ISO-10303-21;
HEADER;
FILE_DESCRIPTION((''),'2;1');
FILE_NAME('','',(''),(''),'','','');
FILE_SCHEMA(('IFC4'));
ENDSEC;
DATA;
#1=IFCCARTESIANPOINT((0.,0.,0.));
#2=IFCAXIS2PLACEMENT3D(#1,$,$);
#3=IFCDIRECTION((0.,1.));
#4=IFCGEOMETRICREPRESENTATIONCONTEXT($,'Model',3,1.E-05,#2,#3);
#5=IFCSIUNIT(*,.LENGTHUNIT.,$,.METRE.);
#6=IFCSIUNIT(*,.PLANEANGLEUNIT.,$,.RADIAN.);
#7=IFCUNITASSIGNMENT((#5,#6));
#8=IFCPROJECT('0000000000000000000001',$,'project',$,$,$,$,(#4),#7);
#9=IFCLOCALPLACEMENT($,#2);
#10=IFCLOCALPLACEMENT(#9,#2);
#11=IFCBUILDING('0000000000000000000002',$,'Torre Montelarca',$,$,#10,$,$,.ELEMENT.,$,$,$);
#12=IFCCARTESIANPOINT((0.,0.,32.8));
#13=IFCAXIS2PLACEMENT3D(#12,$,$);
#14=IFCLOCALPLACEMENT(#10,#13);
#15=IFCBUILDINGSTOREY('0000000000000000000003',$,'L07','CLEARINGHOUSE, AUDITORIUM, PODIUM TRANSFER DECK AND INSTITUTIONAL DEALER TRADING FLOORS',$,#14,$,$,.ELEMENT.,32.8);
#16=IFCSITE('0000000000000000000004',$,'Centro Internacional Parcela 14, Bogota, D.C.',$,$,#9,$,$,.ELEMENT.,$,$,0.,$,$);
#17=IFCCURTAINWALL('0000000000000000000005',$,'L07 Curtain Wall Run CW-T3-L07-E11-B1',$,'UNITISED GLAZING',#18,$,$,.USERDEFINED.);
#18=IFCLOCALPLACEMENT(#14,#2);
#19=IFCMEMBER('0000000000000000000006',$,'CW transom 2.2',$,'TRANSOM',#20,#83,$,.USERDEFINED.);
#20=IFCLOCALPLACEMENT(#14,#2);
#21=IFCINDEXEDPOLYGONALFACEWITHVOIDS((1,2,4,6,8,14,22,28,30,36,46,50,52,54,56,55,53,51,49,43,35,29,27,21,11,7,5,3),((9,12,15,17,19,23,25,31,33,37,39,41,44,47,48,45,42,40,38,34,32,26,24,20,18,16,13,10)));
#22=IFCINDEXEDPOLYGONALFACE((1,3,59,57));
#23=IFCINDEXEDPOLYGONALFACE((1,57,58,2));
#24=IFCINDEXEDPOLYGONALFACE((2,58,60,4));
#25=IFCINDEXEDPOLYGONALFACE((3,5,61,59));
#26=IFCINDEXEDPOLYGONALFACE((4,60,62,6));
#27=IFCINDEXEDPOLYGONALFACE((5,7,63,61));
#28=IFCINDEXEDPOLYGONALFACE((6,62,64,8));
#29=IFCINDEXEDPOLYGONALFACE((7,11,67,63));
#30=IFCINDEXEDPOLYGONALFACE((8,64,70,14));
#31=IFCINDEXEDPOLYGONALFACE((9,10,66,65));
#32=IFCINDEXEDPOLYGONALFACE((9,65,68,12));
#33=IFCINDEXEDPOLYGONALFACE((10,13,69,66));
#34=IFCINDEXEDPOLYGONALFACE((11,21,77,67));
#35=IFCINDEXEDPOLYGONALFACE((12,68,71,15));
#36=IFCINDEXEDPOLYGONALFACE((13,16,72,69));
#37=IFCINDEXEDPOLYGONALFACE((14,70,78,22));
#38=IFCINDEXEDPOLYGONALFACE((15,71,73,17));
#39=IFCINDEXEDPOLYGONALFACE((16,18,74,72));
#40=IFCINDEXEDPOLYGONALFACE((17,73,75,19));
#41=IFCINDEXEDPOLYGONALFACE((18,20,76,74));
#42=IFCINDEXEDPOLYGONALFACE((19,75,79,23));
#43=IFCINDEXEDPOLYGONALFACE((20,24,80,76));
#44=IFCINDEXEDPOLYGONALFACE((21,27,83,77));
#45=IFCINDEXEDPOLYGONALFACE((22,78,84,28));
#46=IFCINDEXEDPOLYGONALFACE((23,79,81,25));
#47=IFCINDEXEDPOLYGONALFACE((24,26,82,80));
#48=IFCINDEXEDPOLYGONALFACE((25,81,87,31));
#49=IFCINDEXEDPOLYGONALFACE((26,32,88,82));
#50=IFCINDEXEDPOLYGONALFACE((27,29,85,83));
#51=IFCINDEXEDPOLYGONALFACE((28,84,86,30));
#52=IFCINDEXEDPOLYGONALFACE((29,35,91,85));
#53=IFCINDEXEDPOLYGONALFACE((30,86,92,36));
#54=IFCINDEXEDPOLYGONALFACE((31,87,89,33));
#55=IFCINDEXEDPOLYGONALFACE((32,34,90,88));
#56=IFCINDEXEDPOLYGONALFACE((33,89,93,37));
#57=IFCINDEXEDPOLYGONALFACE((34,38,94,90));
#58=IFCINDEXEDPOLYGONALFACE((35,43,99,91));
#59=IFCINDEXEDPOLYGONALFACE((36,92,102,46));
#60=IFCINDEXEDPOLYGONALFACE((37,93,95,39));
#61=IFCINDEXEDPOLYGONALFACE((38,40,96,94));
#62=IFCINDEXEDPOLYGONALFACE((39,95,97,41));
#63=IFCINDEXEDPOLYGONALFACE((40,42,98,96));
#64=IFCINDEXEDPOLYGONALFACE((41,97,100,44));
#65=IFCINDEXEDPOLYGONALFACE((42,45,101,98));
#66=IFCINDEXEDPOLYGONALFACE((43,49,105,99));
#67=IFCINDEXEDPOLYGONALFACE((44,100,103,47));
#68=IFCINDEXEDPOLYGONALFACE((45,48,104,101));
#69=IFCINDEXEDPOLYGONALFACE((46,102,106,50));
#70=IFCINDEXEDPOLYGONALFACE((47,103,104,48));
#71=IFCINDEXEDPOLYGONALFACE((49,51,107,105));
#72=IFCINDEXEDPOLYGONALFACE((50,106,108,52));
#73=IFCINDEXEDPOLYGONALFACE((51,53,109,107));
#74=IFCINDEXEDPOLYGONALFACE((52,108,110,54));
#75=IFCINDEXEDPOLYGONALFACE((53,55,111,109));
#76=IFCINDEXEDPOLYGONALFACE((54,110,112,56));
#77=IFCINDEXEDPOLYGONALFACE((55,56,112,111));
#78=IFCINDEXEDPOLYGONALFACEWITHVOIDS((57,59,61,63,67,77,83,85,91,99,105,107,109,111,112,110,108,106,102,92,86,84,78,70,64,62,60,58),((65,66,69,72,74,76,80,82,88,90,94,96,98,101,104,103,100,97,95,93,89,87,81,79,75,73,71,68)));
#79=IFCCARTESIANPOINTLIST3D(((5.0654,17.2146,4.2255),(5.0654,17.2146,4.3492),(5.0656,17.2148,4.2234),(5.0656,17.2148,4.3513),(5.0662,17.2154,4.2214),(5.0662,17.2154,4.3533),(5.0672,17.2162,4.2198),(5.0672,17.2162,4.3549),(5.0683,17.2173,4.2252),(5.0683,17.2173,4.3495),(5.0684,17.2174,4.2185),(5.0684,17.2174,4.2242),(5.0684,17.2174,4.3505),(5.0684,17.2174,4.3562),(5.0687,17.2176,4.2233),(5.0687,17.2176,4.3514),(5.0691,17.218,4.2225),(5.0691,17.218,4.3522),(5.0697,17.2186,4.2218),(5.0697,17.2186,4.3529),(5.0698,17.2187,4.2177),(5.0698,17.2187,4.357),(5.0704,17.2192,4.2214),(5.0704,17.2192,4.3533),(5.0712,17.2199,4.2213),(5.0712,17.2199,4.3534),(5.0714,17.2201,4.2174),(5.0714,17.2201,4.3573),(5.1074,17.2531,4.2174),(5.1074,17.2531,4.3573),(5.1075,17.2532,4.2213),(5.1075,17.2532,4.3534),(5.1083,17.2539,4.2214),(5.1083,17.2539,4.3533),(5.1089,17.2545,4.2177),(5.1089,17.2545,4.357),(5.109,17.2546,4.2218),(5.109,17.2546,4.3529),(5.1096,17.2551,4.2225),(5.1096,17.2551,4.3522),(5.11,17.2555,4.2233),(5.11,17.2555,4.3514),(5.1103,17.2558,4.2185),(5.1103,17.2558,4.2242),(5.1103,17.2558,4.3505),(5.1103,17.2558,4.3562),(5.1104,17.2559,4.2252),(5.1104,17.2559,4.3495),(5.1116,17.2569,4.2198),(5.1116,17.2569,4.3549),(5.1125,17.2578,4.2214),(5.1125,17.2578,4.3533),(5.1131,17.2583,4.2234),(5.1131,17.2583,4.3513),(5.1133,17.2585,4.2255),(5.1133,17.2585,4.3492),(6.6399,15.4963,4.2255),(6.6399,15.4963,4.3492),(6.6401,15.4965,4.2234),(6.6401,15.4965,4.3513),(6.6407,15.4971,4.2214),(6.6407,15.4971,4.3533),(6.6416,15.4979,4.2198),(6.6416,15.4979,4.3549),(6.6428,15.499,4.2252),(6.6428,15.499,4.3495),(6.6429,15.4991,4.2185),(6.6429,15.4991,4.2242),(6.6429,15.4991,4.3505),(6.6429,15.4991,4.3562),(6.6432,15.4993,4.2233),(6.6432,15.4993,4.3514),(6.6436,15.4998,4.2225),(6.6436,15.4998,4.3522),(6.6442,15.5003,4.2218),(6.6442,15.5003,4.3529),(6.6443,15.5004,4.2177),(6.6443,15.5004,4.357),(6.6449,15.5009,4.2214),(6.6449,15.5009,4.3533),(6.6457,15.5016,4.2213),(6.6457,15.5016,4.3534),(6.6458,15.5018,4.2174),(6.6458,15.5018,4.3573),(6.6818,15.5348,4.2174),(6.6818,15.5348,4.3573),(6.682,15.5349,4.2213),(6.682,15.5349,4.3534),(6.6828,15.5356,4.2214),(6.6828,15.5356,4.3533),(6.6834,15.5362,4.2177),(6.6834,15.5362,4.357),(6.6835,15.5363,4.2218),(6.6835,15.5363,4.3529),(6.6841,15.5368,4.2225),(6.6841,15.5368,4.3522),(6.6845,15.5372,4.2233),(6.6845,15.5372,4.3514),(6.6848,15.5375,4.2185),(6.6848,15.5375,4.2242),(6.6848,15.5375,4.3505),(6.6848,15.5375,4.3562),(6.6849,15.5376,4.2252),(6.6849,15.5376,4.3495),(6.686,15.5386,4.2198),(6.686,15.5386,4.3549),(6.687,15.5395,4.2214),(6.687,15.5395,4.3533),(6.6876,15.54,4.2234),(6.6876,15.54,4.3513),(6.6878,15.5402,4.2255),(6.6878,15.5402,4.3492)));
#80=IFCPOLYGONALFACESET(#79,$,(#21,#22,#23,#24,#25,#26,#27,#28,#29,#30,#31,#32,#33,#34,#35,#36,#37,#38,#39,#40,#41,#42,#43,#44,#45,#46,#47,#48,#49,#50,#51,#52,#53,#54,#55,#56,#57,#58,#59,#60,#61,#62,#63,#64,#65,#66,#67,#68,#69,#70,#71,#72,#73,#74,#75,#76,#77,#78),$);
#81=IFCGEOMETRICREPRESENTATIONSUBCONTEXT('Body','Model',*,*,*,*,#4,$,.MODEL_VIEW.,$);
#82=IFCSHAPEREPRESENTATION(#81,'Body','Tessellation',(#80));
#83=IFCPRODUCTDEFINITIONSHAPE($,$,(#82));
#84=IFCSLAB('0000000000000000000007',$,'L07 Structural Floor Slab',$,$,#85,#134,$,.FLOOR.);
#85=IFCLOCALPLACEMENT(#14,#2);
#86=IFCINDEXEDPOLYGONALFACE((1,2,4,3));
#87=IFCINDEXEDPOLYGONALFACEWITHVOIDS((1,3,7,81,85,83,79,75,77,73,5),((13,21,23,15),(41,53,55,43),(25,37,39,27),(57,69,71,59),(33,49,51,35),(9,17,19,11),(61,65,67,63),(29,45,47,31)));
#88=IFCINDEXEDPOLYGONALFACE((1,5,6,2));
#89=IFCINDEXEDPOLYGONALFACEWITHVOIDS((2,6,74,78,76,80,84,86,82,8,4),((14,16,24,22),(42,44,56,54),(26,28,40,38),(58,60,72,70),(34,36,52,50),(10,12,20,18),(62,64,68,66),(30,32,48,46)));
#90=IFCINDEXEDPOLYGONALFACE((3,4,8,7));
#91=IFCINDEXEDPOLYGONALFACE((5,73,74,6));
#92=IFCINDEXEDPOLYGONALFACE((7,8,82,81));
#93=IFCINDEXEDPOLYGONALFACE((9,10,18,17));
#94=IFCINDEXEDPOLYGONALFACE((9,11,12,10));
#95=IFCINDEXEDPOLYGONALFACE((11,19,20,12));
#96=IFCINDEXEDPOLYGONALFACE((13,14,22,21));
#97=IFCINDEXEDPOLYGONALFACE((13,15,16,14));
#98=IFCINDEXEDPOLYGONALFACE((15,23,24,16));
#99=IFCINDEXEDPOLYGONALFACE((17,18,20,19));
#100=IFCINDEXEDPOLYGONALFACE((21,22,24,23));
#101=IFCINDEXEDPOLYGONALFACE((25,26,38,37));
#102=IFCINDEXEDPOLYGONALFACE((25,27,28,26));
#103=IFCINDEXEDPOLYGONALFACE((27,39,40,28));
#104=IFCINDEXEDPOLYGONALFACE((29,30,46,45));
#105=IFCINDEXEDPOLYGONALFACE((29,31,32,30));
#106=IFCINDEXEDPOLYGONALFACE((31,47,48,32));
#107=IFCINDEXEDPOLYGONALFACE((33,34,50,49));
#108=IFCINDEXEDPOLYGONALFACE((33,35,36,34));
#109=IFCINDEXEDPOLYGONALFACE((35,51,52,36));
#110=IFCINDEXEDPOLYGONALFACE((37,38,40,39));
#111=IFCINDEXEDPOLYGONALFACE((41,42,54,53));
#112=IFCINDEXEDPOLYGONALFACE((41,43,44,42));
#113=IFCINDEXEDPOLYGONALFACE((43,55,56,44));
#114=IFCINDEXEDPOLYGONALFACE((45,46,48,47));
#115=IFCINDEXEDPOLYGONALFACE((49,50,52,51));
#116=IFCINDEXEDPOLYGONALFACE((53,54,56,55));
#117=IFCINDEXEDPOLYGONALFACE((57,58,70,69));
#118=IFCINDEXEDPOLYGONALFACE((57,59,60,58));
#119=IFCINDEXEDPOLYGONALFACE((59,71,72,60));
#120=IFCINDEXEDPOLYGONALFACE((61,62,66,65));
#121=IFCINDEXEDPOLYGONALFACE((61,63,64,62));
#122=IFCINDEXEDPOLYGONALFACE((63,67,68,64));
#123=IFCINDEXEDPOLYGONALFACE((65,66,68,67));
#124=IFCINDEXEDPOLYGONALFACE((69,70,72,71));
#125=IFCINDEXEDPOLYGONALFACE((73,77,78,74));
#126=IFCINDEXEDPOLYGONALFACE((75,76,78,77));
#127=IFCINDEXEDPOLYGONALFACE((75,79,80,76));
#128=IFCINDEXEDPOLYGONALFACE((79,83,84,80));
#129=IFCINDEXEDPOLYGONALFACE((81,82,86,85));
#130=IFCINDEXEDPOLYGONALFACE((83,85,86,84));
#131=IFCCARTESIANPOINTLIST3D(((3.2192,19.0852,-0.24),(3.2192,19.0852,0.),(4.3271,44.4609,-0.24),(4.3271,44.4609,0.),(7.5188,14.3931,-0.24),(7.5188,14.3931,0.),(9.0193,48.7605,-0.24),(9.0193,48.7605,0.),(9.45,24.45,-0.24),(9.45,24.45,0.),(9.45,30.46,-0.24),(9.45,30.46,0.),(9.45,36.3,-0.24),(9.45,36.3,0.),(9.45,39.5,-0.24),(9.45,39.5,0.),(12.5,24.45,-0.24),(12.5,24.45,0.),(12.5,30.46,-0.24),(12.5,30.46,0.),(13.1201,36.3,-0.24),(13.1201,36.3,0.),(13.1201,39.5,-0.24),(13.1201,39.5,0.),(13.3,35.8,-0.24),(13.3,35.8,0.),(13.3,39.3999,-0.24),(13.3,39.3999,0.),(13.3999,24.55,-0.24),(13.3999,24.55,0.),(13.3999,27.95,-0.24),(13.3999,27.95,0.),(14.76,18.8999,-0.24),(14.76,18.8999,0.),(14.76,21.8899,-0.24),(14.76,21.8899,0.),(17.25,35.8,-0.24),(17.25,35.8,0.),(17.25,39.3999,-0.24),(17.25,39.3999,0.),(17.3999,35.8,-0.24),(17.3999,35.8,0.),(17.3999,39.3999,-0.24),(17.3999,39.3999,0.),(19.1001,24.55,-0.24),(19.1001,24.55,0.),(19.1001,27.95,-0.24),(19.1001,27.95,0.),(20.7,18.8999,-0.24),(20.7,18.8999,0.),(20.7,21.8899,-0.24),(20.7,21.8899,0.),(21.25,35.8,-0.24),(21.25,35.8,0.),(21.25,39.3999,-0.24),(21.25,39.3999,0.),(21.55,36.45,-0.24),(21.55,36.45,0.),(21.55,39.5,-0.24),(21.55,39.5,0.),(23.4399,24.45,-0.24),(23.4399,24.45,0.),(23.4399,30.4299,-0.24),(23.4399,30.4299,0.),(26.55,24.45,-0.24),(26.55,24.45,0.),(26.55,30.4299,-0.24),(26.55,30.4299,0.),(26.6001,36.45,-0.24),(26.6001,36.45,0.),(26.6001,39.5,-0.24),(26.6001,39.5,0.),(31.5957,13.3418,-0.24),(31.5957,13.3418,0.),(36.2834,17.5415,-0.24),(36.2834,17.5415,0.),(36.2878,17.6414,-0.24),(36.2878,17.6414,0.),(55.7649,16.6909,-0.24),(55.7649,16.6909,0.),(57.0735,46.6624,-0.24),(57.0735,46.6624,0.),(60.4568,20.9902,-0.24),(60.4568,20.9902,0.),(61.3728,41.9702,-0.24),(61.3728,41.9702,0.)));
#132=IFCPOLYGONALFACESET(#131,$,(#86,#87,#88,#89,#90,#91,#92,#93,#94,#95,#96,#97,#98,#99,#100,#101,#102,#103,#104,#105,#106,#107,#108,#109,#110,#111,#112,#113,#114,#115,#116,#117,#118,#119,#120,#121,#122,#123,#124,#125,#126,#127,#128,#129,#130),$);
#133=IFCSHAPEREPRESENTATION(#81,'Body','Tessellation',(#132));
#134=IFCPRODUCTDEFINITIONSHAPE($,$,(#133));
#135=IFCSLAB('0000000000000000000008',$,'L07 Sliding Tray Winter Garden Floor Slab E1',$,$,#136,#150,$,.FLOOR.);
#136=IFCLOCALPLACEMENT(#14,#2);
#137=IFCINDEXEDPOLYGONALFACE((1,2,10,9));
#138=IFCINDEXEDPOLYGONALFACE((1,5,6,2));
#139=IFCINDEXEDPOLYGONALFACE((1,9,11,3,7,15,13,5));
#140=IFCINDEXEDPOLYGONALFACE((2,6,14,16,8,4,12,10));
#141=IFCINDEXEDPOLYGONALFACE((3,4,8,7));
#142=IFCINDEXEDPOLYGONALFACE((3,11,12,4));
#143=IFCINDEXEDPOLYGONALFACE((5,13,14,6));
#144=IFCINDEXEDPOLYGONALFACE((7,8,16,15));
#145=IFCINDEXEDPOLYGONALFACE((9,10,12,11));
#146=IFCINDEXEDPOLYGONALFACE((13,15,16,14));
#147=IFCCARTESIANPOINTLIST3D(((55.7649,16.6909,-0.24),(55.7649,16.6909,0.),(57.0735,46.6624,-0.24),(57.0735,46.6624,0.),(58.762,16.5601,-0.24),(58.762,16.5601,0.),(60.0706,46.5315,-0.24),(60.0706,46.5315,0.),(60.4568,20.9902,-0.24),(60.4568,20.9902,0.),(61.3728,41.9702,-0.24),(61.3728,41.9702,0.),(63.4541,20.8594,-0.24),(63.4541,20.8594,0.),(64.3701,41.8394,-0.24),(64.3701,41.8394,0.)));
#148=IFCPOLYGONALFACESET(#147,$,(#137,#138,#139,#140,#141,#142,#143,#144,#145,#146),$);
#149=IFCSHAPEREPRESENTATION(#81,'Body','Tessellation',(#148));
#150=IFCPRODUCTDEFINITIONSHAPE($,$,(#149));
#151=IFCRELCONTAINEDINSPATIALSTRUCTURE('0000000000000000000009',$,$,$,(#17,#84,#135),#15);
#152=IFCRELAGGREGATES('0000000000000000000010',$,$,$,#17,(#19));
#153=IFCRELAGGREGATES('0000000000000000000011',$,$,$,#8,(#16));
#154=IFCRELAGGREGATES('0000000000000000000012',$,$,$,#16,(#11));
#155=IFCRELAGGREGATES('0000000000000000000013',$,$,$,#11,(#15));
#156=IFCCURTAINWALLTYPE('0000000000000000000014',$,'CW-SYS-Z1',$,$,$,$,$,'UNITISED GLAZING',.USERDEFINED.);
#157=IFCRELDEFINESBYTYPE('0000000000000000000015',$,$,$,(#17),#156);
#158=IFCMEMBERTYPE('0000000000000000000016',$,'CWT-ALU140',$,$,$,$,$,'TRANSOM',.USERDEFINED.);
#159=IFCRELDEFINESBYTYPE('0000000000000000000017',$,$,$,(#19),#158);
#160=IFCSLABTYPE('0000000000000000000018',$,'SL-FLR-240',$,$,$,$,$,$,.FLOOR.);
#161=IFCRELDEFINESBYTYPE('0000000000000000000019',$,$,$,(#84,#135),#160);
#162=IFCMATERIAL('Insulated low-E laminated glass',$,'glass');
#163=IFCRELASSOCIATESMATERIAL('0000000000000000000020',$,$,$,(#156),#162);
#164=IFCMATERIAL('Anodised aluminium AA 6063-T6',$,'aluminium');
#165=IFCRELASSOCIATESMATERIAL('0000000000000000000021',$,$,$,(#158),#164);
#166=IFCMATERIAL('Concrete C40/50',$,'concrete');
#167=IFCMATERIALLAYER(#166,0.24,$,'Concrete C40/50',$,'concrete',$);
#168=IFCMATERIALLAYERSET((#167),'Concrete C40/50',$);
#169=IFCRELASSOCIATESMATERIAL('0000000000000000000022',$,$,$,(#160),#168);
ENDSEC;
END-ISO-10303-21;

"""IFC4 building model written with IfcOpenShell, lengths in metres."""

from ifc_helpers import new_model, si_unit, direction, frame, origin, origin_2d, place, context, subcontext, project, spatial, polyline, hollow_rectangle, outline, extrude, source, transform, mapped, material, layer, layer_set, material_profile, profile_set, type_object, element, aggregate, save


model = new_model("IFC4")

# Units and contexts
model_context = context("Model", 3, precision=1e-05, world=origin(), true_north=direction((0.0, 1.0)))
body_context = subcontext(model_context, "Body", "Model", "MODEL_VIEW")
ifc_project = project(units=[si_unit("LENGTHUNIT", "METRE"), si_unit("PLANEANGLEUNIT", "RADIAN")], contexts=[model_context])

# Site, building, storey
site_placement = place(None, origin())
site = spatial("IfcSite", under=ifc_project, at=site_placement, Name="Centro Internacional Parcela 14, Bogota, D.C.", CompositionType="ELEMENT", RefElevation=0.0)
building_placement = place(site_placement, origin())
building = spatial("IfcBuilding", under=site, at=building_placement, Name="Torre Montelarca", CompositionType="ELEMENT")
storey_placement = place(building_placement, frame((0.0, 0.0, 32.8)))
storey = spatial("IfcBuildingStorey", under=building, at=storey_placement, Name="L07", Description="CLEARINGHOUSE, AUDITORIUM, PODIUM TRANSFER DECK AND INSTITUTIONAL DEALER TRADING FLOORS", CompositionType="ELEMENT", Elevation=32.8)

# Shared definitions
ifc_material_1 = material(Name="Insulated low-E laminated glass", Category="glass")
curtain_wall_type = type_object("IfcCurtainWallType", Name="CW-SYS-Z1", ElementType="UNITISED GLAZING", PredefinedType="USERDEFINED", material=ifc_material_1)
ifc_material_2 = material(Name="Anodised aluminium AA 6063-T6", Category="aluminium")

# Curtain wall
curtain_wall_1_placement = place(storey_placement, origin())
curtain_wall_1 = element("IfcCurtainWall", 1, at=curtain_wall_1_placement, inside=storey, type_object=curtain_wall_type, Name="L07 Curtain Wall Run CW-T3-L07-E11-B1", ObjectType="UNITISED GLAZING", PredefinedType="USERDEFINED")

# Member
ifc_material_profile_1 = material_profile(ifc_material_2, hollow_rectangle(XDim=0.0649, YDim=0.1399, WallThickness=0.0039, InnerFilletRadius=0.0039, OuterFilletRadius=0.0081, at=origin_2d()), Name="ALU65X140X4", Category="aluminium")
ifc_profile_set_1 = profile_set([ifc_material_profile_1], Name="Anodised aluminium AA 6063-T6")
member_type_1 = type_object("IfcMemberType", Name="CWT-ALU140", ElementType="TRANSOM", PredefinedType="USERDEFINED", material=ifc_profile_set_1)
shared_shape_1 = source(origin(), body_context, "Body", "SweptSolid", [
    extrude(hollow_rectangle(XDim=0.0649, YDim=0.1399, WallThickness=0.0039, InnerFilletRadius=0.0039, OuterFilletRadius=0.0081, at=origin_2d()), origin(), (0.0, 0.0, 1.0), 2.3306),
])
member_1_placement = place(storey_placement, frame((5.0894, 17.2366, 4.2874), z_axis=(0.675582, -0.737285, 0.0), x_axis=(0.737285, 0.675582, 0.0)))
member_1 = element("IfcMember", 2, at=member_1_placement, type_object=member_type_1, Name="CW transom 2.2", ObjectType="TRANSOM", PredefinedType="USERDEFINED", context=body_context, shape_type="MappedRepresentation", body=[
    mapped(shared_shape_1, transform((0.0, 0.0, 0.0), scale=1.0)),
])

# Slabs
ifc_material_3 = material(Name="Concrete C40/50", Category="concrete")
ifc_layer_1 = layer(ifc_material_3, 0.24, Name="Concrete C40/50", Category="concrete")
ifc_layer_set_1 = layer_set([ifc_layer_1], Name="Concrete C40/50")
slab_type_1 = type_object("IfcSlabType", Name="SL-FLR-240", PredefinedType="FLOOR", material=ifc_layer_set_1)
slab_1_placement = place(storey_placement, frame((0.0, 0.0, -0.24)))
element("IfcSlab", 3, at=slab_1_placement, inside=storey, type_object=slab_type_1, Name="L07 Structural Floor Slab", PredefinedType="FLOOR", context=body_context, shape_type="SweptSolid", body=[
    extrude(outline(polyline([(31.5957, 13.3418), (36.2878, 17.6414), (36.2834, 17.5415), (55.7649, 16.6909), (60.4568, 20.9902), (61.3728, 41.9702), (57.0735, 46.6624), (9.0193, 48.7605), (4.3271, 44.4609), (3.2192, 19.0852), (7.5188, 14.3931), (31.5957, 13.3418)]), holes=[polyline([(20.7, 18.8999), (14.76, 18.8999), (14.76, 21.8899), (20.7, 21.8899), (20.7, 18.8999)]), polyline([(19.1001, 24.55), (13.3999, 24.55), (13.3999, 27.95), (19.1001, 27.95), (19.1001, 24.55)]), polyline([(23.4399, 24.45), (23.4399, 30.4299), (26.55, 30.4299), (26.55, 24.45), (23.4399, 24.45)]), polyline([(9.45, 24.45), (9.45, 30.46), (12.5, 30.46), (12.5, 24.45), (9.45, 24.45)]), polyline([(17.25, 35.8), (13.3, 35.8), (13.3, 39.3999), (17.25, 39.3999), (17.25, 35.8)]), polyline([(21.25, 35.8), (17.3999, 35.8), (17.3999, 39.3999), (21.25, 39.3999), (21.25, 35.8)]), polyline([(13.1201, 36.3), (9.45, 36.3), (9.45, 39.5), (13.1201, 39.5), (13.1201, 36.3)]), polyline([(26.6001, 36.45), (21.55, 36.45), (21.55, 39.5), (26.6001, 39.5), (26.6001, 36.45)])]), origin(), (0.0, 0.0, 1.0), 0.24),
])
slab_2_placement = place(storey_placement, frame((0.0, 0.0, -0.24)))
element("IfcSlab", 4, at=slab_2_placement, inside=storey, type_object=slab_type_1, Name="L07 Sliding Tray Winter Garden Floor Slab E1", PredefinedType="FLOOR", context=body_context, shape_type="SweptSolid", body=[
    extrude(outline(polyline([(57.0735, 46.6624), (61.3728, 41.9702), (60.4568, 20.9902), (55.7649, 16.6909), (58.762, 16.5601), (63.4541, 20.8594), (64.3701, 41.8394), (60.0706, 46.5315), (57.0735, 46.6624)])), origin(), (0.0, 0.0, 1.0), 0.24),
])

aggregate(curtain_wall_1, [member_1])

save(model, "model.ifc")
